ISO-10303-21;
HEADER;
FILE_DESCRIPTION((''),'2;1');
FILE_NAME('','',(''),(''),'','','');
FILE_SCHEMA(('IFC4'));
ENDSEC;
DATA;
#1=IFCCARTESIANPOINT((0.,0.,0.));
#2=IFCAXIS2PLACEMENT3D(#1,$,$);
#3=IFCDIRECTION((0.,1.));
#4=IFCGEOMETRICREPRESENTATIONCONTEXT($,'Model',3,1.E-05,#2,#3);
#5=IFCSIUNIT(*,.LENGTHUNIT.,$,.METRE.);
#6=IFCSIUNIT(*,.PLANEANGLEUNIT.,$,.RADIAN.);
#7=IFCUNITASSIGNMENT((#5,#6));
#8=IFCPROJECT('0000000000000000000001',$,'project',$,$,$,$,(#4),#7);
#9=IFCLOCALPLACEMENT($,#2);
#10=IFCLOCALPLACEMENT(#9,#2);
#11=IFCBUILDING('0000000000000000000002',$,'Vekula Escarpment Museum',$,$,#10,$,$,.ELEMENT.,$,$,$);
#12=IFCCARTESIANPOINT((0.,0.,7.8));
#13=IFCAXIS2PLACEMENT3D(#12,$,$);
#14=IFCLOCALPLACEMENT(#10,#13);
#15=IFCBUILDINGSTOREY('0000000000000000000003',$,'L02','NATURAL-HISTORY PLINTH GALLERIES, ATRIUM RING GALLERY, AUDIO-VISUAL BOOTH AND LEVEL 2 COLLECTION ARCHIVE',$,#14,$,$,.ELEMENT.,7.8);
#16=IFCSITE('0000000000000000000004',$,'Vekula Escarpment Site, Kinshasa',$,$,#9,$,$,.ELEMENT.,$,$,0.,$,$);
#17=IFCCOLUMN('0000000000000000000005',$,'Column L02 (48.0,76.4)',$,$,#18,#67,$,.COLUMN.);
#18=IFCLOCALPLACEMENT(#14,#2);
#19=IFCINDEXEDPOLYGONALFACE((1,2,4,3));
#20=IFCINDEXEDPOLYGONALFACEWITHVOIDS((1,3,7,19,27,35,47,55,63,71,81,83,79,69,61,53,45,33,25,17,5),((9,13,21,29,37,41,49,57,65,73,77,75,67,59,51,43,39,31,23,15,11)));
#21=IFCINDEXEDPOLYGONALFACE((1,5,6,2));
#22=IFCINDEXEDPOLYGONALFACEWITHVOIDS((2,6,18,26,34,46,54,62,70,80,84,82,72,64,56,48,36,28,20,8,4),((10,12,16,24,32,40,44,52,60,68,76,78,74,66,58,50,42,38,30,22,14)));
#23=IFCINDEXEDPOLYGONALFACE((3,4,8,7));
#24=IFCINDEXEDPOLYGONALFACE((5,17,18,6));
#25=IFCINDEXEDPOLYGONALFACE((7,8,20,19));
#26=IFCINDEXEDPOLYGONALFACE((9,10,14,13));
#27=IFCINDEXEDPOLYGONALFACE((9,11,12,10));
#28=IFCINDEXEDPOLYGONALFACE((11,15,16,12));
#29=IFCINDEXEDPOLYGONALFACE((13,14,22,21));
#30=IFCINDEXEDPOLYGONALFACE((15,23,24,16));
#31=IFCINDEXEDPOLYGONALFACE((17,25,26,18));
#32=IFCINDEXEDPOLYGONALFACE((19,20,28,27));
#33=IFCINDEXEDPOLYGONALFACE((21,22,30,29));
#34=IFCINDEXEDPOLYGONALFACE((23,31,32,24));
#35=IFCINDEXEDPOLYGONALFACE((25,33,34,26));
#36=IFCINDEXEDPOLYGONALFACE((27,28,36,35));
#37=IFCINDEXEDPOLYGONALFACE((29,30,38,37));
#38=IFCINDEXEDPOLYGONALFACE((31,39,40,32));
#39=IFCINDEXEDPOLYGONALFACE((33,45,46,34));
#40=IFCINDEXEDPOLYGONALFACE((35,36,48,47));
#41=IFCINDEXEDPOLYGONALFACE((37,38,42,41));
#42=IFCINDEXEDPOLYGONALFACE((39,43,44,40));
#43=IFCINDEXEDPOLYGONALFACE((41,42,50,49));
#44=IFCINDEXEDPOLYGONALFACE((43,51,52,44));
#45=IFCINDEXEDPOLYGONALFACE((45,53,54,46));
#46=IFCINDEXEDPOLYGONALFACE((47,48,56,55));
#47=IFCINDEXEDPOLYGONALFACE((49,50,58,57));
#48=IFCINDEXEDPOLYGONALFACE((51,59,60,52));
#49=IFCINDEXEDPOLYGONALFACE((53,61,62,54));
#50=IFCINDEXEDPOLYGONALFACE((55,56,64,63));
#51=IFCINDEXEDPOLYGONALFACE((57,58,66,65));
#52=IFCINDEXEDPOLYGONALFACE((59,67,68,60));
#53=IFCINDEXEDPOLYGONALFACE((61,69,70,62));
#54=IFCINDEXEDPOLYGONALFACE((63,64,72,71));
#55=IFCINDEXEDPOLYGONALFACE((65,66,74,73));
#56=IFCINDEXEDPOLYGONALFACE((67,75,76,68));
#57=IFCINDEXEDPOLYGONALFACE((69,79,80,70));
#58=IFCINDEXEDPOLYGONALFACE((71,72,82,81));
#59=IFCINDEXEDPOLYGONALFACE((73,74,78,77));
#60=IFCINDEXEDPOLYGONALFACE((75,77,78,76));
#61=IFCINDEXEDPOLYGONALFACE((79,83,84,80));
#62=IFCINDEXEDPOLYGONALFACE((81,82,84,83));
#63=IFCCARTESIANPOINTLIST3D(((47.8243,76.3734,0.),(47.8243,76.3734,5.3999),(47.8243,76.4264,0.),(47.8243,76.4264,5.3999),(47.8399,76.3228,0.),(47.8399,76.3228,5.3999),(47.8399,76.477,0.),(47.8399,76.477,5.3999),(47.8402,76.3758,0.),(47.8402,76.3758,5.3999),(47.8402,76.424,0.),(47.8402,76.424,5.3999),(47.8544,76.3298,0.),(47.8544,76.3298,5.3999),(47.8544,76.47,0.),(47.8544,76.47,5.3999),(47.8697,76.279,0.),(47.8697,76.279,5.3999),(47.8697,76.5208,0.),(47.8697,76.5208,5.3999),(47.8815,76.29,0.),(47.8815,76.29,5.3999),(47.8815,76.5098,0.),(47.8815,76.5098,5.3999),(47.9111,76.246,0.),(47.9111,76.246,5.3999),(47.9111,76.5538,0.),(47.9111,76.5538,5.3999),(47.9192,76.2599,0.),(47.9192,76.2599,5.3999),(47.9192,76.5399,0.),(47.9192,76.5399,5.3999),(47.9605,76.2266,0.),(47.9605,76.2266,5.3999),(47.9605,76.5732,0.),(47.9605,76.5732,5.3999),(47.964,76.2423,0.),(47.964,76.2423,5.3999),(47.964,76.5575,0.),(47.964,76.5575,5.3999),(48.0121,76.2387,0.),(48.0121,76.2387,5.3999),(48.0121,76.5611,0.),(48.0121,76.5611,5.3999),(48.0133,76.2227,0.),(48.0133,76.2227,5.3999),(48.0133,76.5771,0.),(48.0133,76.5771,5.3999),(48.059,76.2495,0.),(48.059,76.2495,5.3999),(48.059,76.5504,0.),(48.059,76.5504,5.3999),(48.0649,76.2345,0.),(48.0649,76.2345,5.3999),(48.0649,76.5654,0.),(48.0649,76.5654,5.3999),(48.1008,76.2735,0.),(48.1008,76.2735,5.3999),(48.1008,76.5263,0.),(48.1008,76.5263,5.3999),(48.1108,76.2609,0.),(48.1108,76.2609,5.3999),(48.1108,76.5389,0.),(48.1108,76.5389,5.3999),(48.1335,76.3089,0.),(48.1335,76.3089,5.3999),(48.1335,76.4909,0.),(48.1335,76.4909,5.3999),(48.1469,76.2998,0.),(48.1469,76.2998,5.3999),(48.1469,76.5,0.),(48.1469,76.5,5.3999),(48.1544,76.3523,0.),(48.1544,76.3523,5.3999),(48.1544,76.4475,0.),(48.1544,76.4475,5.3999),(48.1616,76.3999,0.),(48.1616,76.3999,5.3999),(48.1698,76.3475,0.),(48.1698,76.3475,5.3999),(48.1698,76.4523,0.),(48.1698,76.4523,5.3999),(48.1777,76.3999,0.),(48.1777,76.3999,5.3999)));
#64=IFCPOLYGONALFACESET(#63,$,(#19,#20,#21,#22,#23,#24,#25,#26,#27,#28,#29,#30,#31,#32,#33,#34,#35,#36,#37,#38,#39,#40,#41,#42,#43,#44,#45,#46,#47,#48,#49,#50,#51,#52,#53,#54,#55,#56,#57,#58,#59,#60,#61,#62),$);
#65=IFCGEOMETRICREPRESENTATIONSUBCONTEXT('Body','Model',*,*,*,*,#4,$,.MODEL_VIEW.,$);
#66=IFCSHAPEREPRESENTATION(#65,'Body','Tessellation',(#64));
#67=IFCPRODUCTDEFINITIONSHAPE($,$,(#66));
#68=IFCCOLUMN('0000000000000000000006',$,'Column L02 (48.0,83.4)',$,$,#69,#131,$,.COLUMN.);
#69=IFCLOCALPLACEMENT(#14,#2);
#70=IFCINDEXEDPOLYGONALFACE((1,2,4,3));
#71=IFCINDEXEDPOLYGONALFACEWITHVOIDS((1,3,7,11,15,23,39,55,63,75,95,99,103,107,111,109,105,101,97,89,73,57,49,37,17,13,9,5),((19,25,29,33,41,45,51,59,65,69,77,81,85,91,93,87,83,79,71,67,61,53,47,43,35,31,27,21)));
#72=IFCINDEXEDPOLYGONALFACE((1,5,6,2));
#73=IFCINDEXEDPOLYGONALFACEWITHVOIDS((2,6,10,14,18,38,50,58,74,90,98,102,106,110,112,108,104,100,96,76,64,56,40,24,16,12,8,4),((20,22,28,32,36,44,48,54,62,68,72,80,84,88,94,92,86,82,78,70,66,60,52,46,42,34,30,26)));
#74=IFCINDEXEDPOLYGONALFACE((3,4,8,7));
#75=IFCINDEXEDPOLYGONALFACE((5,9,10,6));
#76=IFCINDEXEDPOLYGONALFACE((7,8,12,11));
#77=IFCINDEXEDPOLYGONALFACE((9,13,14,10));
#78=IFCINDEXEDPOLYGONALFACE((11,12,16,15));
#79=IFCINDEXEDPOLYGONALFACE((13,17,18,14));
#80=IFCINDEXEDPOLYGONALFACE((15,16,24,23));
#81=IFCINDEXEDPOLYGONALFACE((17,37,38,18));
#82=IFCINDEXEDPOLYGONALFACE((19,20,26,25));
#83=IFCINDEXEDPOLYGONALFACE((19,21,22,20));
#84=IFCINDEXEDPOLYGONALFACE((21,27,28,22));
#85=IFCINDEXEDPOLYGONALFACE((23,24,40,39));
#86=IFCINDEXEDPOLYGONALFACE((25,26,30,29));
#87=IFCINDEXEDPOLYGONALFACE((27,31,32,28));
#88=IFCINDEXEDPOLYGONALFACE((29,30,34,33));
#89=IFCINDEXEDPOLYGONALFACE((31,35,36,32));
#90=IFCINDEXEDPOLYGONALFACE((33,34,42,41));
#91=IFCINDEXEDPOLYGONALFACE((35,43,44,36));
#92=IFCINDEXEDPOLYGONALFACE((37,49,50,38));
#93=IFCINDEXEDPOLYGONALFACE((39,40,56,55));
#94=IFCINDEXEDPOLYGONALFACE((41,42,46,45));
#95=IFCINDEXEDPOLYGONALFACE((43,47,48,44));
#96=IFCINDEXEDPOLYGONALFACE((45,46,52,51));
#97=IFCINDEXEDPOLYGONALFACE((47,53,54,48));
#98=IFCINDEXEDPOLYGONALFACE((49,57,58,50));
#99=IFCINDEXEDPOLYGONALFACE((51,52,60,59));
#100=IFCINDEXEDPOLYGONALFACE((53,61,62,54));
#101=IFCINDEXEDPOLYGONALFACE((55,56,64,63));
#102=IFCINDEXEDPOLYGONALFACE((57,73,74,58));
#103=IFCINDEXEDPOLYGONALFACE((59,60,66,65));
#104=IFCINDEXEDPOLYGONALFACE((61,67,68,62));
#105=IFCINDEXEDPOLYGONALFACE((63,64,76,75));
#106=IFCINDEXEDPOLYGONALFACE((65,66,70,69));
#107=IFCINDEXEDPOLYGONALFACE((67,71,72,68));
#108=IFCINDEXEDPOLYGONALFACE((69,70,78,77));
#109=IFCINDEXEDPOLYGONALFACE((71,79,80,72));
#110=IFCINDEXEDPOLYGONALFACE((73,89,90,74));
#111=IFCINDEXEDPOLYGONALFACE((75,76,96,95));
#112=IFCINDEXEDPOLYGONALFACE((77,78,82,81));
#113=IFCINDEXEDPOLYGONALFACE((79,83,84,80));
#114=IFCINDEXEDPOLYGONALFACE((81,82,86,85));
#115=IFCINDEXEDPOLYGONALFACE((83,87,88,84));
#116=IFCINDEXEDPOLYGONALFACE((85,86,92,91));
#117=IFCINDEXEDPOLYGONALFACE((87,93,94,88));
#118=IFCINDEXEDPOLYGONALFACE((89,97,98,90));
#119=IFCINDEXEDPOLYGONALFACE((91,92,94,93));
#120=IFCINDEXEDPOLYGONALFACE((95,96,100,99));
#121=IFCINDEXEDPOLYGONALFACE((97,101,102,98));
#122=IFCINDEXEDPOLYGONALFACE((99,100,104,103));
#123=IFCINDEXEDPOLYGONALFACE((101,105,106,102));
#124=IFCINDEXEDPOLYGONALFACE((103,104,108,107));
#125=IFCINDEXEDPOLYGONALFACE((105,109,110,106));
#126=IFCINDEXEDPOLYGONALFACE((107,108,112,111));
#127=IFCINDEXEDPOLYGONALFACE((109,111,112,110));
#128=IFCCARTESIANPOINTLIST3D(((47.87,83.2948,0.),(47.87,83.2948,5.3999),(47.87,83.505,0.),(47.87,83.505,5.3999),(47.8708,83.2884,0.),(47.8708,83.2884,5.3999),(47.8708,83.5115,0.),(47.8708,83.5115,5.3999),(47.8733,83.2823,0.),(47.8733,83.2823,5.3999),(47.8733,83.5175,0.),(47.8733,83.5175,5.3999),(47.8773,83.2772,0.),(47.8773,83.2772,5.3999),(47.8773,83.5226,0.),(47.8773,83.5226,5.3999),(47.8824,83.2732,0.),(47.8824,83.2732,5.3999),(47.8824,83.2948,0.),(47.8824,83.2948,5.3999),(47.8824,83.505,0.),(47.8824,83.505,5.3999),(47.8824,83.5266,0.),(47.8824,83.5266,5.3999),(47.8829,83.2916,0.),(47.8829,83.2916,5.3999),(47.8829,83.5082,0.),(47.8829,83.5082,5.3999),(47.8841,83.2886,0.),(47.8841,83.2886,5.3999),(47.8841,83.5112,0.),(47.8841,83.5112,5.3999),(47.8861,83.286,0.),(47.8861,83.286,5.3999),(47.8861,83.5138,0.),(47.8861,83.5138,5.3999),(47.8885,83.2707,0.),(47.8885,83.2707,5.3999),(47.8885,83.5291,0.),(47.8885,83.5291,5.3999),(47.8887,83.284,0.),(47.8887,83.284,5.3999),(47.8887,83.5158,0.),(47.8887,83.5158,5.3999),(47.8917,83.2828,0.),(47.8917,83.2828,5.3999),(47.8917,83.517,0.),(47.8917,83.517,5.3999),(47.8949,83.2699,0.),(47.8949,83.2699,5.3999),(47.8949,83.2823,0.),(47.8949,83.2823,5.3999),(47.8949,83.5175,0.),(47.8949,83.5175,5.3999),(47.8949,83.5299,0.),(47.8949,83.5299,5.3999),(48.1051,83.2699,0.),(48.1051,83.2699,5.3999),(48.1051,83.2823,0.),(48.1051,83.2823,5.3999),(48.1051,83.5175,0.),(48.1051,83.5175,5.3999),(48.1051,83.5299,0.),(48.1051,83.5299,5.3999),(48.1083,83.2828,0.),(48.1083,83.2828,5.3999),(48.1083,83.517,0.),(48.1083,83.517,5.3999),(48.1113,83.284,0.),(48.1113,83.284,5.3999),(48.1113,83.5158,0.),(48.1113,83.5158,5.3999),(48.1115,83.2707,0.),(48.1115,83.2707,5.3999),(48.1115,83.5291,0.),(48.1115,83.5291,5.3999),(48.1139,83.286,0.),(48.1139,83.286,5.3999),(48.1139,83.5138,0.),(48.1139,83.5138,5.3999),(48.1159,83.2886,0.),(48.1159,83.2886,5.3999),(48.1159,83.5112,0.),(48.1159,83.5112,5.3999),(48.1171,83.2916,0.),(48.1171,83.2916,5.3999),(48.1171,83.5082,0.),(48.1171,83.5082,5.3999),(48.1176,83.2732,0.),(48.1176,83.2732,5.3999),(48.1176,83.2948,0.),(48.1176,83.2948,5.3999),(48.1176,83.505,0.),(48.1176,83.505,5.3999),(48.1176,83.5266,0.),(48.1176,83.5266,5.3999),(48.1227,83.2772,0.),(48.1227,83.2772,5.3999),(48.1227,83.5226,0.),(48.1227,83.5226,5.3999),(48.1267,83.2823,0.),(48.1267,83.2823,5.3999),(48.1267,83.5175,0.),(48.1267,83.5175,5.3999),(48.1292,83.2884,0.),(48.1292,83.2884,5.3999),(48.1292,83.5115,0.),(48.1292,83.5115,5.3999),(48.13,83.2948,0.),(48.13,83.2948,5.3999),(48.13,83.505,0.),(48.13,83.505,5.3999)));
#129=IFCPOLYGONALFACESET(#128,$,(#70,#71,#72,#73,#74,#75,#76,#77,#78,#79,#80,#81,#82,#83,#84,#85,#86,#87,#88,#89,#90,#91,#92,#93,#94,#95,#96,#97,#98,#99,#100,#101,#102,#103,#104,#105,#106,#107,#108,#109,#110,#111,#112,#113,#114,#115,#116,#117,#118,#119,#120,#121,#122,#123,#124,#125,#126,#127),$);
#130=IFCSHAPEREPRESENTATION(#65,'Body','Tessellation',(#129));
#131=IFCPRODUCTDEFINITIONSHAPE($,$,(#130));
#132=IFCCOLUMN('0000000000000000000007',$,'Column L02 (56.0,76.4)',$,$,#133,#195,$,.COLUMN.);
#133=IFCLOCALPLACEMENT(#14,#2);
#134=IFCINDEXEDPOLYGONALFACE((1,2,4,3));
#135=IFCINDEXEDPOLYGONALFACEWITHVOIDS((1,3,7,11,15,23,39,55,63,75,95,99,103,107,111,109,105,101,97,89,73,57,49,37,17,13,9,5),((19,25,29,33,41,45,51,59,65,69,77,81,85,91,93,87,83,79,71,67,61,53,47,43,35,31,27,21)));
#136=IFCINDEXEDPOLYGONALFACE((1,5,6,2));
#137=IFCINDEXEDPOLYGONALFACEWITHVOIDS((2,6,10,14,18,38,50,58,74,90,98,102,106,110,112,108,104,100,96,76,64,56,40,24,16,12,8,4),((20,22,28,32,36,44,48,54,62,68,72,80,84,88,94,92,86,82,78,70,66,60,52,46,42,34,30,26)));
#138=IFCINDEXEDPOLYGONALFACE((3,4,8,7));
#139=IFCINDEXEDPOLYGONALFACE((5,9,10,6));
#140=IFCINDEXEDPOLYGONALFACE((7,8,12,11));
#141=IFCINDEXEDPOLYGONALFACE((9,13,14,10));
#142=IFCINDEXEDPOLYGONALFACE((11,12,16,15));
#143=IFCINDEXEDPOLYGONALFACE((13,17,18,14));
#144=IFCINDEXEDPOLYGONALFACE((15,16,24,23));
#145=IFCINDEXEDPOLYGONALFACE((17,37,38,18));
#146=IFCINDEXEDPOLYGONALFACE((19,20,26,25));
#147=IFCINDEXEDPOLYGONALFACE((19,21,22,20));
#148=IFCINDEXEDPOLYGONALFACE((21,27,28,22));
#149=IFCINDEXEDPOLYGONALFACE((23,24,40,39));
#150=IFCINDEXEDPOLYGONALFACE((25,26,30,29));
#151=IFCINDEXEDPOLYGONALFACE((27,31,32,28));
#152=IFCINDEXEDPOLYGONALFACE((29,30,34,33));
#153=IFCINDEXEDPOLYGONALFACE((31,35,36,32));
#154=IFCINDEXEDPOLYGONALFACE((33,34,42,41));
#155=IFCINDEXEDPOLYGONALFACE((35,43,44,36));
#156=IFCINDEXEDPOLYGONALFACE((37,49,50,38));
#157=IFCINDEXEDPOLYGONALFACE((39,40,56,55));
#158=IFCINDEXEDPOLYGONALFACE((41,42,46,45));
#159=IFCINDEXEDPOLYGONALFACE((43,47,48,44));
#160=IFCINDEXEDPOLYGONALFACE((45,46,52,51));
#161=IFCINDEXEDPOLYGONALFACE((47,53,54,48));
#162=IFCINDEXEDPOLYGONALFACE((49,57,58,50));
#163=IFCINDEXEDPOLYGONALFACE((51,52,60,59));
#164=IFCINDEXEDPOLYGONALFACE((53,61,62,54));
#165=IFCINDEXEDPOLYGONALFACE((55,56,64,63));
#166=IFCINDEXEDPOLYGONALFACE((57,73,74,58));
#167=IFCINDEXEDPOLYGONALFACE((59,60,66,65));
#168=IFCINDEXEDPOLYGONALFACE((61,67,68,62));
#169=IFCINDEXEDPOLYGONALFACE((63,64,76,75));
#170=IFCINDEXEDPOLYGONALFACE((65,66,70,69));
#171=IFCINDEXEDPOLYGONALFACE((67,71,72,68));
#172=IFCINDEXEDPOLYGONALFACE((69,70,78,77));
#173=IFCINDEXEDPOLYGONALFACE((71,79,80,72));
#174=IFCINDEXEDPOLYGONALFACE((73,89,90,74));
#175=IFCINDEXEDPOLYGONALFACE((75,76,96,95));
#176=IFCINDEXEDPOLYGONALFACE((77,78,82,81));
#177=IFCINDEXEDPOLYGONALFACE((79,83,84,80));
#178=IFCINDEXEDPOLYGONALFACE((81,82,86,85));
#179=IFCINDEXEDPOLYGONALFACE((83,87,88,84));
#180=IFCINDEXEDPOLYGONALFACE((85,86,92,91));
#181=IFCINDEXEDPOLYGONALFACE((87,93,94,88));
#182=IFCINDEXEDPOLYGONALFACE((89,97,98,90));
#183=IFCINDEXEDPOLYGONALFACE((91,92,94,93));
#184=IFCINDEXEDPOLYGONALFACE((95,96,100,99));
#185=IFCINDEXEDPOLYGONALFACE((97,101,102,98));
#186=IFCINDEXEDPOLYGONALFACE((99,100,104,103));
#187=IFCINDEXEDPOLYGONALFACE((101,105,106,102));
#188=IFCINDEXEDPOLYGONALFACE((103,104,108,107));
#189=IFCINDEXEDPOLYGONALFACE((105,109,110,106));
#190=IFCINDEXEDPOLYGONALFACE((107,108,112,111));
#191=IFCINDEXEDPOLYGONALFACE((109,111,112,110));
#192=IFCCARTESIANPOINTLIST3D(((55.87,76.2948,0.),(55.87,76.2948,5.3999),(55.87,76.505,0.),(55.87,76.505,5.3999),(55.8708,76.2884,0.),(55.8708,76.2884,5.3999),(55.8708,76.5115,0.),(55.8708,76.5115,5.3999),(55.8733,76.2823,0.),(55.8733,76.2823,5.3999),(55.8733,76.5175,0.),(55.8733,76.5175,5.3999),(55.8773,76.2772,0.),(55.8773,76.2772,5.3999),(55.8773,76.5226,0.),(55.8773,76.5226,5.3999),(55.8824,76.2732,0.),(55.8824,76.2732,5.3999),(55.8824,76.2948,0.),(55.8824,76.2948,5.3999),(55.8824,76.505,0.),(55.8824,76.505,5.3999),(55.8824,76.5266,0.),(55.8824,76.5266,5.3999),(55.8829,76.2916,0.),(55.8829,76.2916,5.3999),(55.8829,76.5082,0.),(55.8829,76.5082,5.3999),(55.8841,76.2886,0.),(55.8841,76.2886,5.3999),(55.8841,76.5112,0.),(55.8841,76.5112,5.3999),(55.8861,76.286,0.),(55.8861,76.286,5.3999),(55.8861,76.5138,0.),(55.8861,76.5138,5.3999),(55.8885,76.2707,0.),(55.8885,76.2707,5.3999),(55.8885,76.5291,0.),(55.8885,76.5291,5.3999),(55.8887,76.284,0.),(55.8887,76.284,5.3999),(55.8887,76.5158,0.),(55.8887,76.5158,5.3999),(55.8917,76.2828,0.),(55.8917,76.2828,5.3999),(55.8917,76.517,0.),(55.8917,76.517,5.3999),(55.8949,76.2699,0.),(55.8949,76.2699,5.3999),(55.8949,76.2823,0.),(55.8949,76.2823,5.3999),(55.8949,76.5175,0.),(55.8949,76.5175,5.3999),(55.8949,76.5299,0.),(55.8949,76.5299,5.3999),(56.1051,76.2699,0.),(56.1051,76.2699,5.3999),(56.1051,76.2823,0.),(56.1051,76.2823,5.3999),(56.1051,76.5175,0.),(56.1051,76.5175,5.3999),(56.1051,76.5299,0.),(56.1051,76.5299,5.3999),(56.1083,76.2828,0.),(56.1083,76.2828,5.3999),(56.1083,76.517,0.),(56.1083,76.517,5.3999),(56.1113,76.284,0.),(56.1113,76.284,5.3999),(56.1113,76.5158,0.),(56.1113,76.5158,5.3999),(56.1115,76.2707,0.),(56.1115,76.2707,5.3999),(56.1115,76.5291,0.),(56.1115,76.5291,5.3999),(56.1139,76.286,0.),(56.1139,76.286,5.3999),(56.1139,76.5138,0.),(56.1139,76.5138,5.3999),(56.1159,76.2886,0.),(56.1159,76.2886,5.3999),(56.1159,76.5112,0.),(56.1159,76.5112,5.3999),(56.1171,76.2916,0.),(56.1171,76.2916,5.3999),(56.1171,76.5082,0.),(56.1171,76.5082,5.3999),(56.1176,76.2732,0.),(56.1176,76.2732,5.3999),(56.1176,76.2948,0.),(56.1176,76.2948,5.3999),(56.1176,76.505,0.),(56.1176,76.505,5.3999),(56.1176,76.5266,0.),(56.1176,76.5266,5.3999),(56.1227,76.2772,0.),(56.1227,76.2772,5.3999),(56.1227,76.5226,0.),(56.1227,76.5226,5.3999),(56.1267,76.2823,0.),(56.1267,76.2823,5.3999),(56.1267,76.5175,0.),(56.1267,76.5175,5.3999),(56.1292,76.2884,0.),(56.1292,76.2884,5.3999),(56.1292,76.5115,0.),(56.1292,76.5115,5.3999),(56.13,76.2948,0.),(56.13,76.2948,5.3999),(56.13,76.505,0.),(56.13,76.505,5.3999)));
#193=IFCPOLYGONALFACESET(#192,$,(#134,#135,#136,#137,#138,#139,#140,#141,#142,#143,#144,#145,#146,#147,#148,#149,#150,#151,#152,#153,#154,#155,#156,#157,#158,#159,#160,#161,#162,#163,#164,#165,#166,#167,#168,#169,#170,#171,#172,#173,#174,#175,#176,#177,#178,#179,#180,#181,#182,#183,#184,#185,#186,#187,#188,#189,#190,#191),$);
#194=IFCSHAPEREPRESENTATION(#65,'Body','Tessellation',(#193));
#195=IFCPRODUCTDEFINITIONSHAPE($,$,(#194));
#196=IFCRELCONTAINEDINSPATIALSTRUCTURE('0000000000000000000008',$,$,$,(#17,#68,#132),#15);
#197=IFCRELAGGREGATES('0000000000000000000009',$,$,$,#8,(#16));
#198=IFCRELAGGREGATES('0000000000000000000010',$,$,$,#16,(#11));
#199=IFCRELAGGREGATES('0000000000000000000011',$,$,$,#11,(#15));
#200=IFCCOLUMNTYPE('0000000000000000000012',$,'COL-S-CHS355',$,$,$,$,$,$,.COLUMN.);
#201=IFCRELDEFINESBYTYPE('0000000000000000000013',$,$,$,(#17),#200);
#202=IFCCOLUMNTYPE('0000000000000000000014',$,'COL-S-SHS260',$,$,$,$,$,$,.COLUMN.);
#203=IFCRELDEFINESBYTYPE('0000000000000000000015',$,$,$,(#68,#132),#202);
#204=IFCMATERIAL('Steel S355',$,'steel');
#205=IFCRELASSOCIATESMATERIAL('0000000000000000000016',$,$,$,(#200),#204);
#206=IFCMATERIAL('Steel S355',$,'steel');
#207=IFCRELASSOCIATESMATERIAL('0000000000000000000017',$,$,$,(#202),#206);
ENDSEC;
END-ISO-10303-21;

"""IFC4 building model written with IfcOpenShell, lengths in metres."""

from ifc_helpers import new_model, si_unit, direction, frame, origin, origin_2d, place, context, subcontext, project, spatial, hollow_rectangle, hollow_circle, extrude, material, material_profile, profile_set, type_object, element, save


model = new_model("IFC4")

# Units and contexts
model_context = context("Model", 3, precision=1e-05, world=origin(), true_north=direction((0.0, 1.0)))
body_context = subcontext(model_context, "Body", "Model", "MODEL_VIEW")
ifc_project = project(units=[si_unit("LENGTHUNIT", "METRE"), si_unit("PLANEANGLEUNIT", "RADIAN")], contexts=[model_context])

# Site, building, storey
site_placement = place(None, origin())
site = spatial("IfcSite", under=ifc_project, at=site_placement, Name="Vekula Escarpment Site, Kinshasa", CompositionType="ELEMENT", RefElevation=0.0)
building_placement = place(site_placement, origin())
building = spatial("IfcBuilding", under=site, at=building_placement, Name="Vekula Escarpment Museum", CompositionType="ELEMENT")
storey_placement = place(building_placement, frame((0.0, 0.0, 7.8)))
storey = spatial("IfcBuildingStorey", under=building, at=storey_placement, Name="L02", Description="NATURAL-HISTORY PLINTH GALLERIES, ATRIUM RING GALLERY, AUDIO-VISUAL BOOTH AND LEVEL 2 COLLECTION ARCHIVE", CompositionType="ELEMENT", Elevation=7.8)

# Columns
ifc_material_1 = material(Name="Steel S355", Category="steel")
ifc_material_profile_1 = material_profile(ifc_material_1, hollow_circle(Radius=0.1777, WallThickness=0.0161, at=origin_2d()), Name="CHS 355.6x16")
ifc_profile_set_1 = profile_set([ifc_material_profile_1], Name="Steel S355")
column_type_1 = type_object("IfcColumnType", Name="COL-S-CHS355", PredefinedType="COLUMN", material=ifc_profile_set_1)
column_1_placement = place(storey_placement, frame((48.0, 76.3999, 0.0), z_axis=(0.0, 0.0, 1.0), x_axis=(1.0, 0.0, 0.0)))
element("IfcColumn", 1, at=column_1_placement, inside=storey, type_object=column_type_1, Name="Column L02 (48.0,76.4)", PredefinedType="COLUMN", context=body_context, shape_type="SweptSolid", body=[
    extrude(hollow_circle(Radius=0.1777, WallThickness=0.0161, at=origin_2d()), origin(), (0.0, 0.0, 1.0), 5.3999),
])
ifc_material_2 = material(Name="Steel S355", Category="steel")
ifc_material_profile_2 = material_profile(ifc_material_2, hollow_rectangle(XDim=0.26, YDim=0.26, WallThickness=0.0125, InnerFilletRadius=0.0125, OuterFilletRadius=0.0249, at=origin_2d()), Name="SHS 260x260x12.5")
ifc_profile_set_2 = profile_set([ifc_material_profile_2], Name="Steel S355")
column_type_2 = type_object("IfcColumnType", Name="COL-S-SHS260", PredefinedType="COLUMN", material=ifc_profile_set_2)
for number, where, z_axis, x_axis, name in (
    (2, (48.0, 83.3999, 0.0), (0.0, 0.0, 1.0), (1.0, 0.0, 0.0), "Column L02 (48.0,83.4)"),
    (3, (56.0, 76.3999, 0.0), (0.0, 0.0, 1.0), (1.0, 0.0, 0.0), "Column L02 (56.0,76.4)"),
):
    element("IfcColumn", number, at=place(storey_placement, frame(where, z_axis=z_axis, x_axis=x_axis)), inside=storey, type_object=column_type_2, Name=name, PredefinedType="COLUMN", context=body_context, shape_type="SweptSolid", body=[
        extrude(hollow_rectangle(XDim=0.26, YDim=0.26, WallThickness=0.0125, InnerFilletRadius=0.0125, OuterFilletRadius=0.0249, at=origin_2d()), origin(), (0.0, 0.0, 1.0), 5.3999),
    ])

save(model, "model.ifc")
